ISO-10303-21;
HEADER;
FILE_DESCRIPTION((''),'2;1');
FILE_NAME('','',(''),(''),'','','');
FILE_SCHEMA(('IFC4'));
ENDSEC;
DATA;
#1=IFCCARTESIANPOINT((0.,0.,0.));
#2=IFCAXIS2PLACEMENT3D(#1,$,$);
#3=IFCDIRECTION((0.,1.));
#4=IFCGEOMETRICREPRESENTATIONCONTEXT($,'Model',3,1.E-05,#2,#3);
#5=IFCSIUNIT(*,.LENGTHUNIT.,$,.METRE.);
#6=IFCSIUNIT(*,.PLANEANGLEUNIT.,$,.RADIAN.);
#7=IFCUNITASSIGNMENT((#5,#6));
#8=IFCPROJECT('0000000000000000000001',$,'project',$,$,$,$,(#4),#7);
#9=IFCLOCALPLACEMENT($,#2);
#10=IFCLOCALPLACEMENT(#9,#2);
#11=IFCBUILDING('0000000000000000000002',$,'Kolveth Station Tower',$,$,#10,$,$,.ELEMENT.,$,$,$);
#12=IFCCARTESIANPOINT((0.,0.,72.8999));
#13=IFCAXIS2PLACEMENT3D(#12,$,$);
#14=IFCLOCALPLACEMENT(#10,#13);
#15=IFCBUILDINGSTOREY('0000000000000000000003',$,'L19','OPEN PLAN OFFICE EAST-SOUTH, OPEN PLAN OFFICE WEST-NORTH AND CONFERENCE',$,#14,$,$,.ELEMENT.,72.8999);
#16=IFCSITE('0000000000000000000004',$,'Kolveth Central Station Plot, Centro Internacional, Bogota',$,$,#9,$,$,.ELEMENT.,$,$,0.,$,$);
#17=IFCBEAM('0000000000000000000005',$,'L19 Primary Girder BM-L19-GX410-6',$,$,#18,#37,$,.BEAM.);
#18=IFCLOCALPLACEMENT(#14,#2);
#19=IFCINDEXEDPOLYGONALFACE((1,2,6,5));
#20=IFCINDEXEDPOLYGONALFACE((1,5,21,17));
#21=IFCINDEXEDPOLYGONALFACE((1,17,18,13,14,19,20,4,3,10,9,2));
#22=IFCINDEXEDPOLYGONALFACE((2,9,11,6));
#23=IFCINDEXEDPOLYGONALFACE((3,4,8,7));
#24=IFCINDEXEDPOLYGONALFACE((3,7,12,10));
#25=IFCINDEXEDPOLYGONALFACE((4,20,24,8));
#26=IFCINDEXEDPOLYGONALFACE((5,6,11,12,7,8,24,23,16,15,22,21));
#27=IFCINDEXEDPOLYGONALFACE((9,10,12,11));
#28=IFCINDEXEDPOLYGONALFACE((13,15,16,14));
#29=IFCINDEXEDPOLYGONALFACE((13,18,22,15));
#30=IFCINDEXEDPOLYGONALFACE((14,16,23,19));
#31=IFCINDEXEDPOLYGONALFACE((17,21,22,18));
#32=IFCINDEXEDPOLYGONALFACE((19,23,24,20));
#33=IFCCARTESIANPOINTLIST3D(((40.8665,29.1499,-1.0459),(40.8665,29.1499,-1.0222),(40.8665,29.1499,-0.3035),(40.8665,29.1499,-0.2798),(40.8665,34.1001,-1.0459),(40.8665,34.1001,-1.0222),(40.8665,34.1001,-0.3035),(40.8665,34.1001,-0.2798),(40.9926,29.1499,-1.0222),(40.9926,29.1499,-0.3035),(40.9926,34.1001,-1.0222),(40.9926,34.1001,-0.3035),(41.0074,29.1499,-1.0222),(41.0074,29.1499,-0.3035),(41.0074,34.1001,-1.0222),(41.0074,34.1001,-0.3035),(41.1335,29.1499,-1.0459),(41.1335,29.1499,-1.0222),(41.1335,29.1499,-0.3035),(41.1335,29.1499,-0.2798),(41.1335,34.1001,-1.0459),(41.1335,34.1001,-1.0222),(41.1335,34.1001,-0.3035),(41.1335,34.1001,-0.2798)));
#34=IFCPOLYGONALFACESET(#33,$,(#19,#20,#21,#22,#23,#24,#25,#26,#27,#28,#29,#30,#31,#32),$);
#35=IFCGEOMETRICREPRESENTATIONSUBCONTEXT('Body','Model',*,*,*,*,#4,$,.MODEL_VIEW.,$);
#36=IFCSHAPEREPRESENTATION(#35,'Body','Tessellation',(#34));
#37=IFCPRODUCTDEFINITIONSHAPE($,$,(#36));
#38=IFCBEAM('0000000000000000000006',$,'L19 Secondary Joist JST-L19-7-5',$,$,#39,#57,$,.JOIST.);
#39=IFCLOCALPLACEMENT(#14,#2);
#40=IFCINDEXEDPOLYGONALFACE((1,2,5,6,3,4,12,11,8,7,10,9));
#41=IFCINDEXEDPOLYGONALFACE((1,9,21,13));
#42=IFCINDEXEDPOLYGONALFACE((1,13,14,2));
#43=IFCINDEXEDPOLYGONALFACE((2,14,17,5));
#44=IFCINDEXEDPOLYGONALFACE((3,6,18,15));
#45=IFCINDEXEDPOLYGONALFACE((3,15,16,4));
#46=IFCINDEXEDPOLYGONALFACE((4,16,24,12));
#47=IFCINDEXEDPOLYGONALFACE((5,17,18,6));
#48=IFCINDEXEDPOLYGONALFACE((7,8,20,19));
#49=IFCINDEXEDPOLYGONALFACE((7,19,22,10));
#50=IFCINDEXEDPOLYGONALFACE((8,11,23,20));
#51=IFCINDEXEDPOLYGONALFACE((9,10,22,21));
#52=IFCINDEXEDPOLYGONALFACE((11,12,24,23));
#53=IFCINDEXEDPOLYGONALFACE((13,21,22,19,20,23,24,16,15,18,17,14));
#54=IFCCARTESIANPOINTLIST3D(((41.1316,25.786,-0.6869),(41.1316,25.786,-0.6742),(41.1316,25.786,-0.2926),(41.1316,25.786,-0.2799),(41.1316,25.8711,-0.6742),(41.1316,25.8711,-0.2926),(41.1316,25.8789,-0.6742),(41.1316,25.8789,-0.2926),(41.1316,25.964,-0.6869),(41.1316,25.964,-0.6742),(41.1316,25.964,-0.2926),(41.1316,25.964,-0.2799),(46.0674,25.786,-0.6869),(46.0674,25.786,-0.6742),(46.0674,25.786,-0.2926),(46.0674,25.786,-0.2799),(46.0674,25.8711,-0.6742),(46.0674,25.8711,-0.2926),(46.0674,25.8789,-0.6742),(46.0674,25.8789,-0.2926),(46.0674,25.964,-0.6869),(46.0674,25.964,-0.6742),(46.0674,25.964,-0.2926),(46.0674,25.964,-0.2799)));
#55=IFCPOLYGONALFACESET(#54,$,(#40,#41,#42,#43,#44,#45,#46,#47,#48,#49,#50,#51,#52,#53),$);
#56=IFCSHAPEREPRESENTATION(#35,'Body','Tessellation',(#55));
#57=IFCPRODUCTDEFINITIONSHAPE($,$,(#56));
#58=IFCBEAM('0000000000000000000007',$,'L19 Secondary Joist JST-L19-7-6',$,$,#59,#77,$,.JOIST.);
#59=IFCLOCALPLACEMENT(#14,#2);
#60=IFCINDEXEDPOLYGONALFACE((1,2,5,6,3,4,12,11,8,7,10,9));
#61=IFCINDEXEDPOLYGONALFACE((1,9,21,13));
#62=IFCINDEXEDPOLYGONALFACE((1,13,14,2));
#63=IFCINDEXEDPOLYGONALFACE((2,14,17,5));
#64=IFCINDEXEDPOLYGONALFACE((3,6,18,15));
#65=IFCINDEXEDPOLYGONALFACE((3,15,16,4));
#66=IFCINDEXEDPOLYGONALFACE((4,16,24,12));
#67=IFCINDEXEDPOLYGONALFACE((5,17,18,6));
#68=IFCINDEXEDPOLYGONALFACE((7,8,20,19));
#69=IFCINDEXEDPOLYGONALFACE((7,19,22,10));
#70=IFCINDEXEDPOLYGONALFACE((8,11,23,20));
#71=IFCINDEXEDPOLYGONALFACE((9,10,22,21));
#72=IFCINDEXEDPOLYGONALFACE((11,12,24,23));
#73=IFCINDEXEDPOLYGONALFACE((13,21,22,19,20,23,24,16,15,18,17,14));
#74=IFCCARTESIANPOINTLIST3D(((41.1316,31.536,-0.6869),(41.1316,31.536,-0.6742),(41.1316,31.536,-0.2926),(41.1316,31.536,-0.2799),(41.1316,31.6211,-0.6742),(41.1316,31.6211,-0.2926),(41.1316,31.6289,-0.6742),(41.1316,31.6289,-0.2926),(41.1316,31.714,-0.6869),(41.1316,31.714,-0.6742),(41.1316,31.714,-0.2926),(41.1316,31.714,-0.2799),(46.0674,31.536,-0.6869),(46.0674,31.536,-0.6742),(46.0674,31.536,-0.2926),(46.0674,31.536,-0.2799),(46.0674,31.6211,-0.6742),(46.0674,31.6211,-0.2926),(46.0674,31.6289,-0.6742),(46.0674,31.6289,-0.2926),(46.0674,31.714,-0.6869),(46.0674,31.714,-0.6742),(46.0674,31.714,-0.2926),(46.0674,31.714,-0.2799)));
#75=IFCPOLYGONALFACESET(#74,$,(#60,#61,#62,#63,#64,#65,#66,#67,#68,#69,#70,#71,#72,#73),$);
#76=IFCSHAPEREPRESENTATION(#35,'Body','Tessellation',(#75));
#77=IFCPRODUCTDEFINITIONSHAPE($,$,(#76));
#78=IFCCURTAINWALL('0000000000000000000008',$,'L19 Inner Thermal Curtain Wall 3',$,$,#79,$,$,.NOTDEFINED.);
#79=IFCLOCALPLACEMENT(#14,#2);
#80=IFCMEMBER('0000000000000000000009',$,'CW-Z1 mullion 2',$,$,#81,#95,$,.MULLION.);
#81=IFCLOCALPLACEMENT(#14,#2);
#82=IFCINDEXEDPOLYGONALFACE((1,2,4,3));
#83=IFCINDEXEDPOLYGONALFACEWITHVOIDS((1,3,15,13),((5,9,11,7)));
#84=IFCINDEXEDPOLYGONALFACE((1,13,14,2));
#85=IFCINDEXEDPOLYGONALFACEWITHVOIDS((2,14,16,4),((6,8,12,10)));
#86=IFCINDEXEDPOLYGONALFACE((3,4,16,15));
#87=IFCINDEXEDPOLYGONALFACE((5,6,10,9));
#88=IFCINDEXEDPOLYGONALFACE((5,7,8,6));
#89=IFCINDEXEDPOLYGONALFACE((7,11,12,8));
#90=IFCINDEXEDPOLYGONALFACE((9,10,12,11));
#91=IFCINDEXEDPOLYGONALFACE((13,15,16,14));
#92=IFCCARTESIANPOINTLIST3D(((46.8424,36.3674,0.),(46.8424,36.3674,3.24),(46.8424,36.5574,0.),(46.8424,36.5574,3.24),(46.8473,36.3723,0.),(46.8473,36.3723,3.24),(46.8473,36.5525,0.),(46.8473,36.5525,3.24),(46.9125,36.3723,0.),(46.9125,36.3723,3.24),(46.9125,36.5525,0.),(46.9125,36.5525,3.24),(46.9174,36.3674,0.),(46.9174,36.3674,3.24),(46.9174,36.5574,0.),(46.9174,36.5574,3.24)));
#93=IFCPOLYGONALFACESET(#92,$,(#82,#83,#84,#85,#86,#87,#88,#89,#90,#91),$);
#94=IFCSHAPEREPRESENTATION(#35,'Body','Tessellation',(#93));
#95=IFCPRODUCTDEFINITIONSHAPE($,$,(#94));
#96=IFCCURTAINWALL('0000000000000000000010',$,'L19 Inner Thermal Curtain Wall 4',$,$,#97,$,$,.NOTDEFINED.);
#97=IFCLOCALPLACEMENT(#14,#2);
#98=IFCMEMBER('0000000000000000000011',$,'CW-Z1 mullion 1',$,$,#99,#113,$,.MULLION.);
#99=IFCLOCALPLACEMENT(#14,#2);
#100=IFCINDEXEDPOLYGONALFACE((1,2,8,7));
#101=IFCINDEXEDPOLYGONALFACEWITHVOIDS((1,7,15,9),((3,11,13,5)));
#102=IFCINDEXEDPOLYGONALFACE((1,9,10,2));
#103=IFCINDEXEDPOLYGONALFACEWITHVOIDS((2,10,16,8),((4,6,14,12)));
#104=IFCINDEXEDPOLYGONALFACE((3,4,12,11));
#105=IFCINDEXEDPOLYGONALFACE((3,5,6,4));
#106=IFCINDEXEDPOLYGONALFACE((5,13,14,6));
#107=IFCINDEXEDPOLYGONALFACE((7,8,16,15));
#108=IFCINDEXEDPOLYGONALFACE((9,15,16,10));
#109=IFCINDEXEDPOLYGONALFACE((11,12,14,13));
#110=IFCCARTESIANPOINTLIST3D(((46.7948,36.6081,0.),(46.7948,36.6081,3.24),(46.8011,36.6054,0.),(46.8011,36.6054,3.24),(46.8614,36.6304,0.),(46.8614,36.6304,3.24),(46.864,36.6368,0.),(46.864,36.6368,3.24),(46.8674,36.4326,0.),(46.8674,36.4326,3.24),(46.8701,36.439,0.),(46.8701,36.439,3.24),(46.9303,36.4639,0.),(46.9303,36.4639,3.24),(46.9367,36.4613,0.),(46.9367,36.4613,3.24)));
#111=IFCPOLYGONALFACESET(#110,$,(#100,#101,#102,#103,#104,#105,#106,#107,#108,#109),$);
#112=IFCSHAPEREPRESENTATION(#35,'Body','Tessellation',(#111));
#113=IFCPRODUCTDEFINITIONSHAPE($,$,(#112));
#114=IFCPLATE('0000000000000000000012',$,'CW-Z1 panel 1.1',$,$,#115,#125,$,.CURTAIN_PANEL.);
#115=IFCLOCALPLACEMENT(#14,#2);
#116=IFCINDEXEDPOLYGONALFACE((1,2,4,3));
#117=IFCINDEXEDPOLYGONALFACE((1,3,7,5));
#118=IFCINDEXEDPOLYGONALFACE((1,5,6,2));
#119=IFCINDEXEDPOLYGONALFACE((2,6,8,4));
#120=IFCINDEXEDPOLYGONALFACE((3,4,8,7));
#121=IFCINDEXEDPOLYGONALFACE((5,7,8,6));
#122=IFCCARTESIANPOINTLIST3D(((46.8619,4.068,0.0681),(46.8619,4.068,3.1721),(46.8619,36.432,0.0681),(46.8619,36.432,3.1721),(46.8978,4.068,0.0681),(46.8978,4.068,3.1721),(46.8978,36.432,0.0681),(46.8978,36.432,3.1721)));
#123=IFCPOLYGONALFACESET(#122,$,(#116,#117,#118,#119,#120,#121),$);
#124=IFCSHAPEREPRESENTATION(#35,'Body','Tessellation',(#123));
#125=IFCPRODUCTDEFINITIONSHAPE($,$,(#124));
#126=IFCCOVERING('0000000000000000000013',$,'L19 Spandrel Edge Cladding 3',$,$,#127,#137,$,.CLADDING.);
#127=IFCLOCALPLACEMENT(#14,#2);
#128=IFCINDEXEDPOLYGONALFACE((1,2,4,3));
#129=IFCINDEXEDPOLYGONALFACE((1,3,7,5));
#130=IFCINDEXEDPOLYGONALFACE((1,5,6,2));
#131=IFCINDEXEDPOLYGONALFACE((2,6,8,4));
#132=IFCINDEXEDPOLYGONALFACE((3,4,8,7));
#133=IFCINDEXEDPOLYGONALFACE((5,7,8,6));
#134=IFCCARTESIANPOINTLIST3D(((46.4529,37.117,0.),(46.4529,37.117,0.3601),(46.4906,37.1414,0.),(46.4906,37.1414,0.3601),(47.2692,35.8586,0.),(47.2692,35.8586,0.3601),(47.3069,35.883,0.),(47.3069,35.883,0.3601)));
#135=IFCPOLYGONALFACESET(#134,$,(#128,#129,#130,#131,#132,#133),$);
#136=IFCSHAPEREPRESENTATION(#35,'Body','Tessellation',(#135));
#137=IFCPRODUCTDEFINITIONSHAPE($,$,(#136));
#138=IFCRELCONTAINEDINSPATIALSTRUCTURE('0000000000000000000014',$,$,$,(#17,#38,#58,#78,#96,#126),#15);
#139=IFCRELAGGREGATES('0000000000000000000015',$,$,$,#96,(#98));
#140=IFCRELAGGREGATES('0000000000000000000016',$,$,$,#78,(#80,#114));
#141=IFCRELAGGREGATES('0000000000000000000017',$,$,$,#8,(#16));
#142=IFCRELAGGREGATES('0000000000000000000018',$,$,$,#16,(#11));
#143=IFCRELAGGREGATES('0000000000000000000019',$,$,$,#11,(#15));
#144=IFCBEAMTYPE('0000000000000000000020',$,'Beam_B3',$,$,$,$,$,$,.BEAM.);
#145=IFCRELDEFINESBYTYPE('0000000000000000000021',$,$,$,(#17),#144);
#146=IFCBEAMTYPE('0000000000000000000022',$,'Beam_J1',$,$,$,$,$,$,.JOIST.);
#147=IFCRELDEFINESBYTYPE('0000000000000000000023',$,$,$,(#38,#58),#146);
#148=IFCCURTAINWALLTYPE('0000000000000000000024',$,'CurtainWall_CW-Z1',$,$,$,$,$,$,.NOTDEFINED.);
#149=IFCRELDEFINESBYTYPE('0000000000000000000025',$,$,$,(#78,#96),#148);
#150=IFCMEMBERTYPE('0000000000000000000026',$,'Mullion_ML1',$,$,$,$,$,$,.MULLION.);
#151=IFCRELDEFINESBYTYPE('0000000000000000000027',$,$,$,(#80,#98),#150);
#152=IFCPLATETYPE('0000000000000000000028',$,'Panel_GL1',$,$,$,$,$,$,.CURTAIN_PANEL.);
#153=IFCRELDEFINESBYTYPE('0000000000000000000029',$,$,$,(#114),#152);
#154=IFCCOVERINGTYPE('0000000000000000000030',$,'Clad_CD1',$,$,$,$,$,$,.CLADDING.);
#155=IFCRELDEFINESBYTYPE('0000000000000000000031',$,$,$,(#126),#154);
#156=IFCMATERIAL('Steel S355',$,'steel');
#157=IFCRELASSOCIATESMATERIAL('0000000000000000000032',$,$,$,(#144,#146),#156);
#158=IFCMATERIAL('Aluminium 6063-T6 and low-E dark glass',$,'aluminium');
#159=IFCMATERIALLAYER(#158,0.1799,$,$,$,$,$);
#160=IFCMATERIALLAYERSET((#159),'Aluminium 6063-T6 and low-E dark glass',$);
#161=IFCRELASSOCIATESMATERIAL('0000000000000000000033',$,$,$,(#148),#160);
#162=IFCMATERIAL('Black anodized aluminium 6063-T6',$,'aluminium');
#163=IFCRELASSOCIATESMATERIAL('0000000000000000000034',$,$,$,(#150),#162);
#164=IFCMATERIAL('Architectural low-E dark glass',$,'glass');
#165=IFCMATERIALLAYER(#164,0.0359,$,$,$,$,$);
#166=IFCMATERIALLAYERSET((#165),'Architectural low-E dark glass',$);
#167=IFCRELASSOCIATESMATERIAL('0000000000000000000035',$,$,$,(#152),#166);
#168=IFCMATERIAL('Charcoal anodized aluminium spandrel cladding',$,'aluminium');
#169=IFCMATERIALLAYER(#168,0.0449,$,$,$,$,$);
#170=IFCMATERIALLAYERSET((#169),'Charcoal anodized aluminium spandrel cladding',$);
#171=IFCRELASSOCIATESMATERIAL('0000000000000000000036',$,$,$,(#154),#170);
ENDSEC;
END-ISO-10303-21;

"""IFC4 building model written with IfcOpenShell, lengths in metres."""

from ifc_helpers import new_model, si_unit, direction, frame, origin, origin_2d, place, context, subcontext, project, spatial, rectangle, hollow_rectangle, i_section, extrude, source, transform, mapped, material, layer, layer_set, material_profile, profile_set, type_object, element, aggregate, save


model = new_model("IFC4")

# Units and contexts
model_context = context("Model", 3, precision=1e-05, world=origin(), true_north=direction((0.0, 1.0)))
body_context = subcontext(model_context, "Body", "Model", "MODEL_VIEW")
ifc_project = project(units=[si_unit("LENGTHUNIT", "METRE"), si_unit("PLANEANGLEUNIT", "RADIAN")], contexts=[model_context])

# Site, building, storey
site_placement = place(None, origin())
site = spatial("IfcSite", under=ifc_project, at=site_placement, Name="Kolveth Central Station Plot, Centro Internacional, Bogota", CompositionType="ELEMENT", RefElevation=0.0)
building_placement = place(site_placement, origin())
building = spatial("IfcBuilding", under=site, at=building_placement, Name="Kolveth Station Tower", CompositionType="ELEMENT")
storey_placement = place(building_placement, frame((0.0, 0.0, 72.8999)))
storey = spatial("IfcBuildingStorey", under=building, at=storey_placement, Name="L19", Description="OPEN PLAN OFFICE EAST-SOUTH, OPEN PLAN OFFICE WEST-NORTH AND CONFERENCE", CompositionType="ELEMENT", Elevation=72.8999)

# Shared definitions
ifc_material_1 = material(Name="Steel S355", Category="steel")

# Beams
ifc_material_profile_1 = material_profile(ifc_material_1, i_section(OverallWidth=0.2671, OverallDepth=0.7661, WebThickness=0.0149, FlangeThickness=0.0237, at=origin_2d()), Name="W760x185")
ifc_profile_set_1 = profile_set([ifc_material_profile_1], Name="Steel S355")
beam_type_1 = type_object("IfcBeamType", Name="Beam_B3", PredefinedType="BEAM", material=ifc_profile_set_1)
shared_shape_1 = source(origin(), body_context, "Body", "SweptSolid", [
    extrude(i_section(OverallWidth=0.2671, OverallDepth=0.7661, WebThickness=0.0149, FlangeThickness=0.0237, at=origin_2d()), origin(), (0.0, 0.0, 1.0), 4.9502),
])
for number, where, z_axis, x_axis, name in (
    (1, (41.0, 29.1499, -0.6628), (0.0, 1.0, 0.0), (-1.0, 0.0, 0.0), "L19 Primary Girder BM-L19-GX410-6"),
):
    element("IfcBeam", number, at=place(storey_placement, frame(where, z_axis=z_axis, x_axis=x_axis)), inside=storey, type_object=beam_type_1, Name=name, PredefinedType="BEAM", context=body_context, shape_type="MappedRepresentation", body=[
        mapped(shared_shape_1, transform((0.0, 0.0, 0.0), x_axis=(1.0, 0.0, 0.0), y_axis=(0.0, 1.0, 0.0), z_axis=(0.0, 0.0, 1.0), scale=1.0)),
    ])
ifc_material_profile_2 = material_profile(ifc_material_1, i_section(OverallWidth=0.178, OverallDepth=0.407, WebThickness=0.0078, FlangeThickness=0.0127, at=origin_2d()), Name="W410x60")
ifc_profile_set_2 = profile_set([ifc_material_profile_2], Name="Steel S355")
beam_type_2 = type_object("IfcBeamType", Name="Beam_J1", PredefinedType="JOIST", material=ifc_profile_set_2)
shared_shape_2 = source(origin(), body_context, "Body", "SweptSolid", [
    extrude(i_section(OverallWidth=0.178, OverallDepth=0.407, WebThickness=0.0078, FlangeThickness=0.0127, at=origin_2d()), origin(), (0.0, 0.0, 1.0), 4.9358),
])
for number, where, z_axis, x_axis, name in (
    (2, (41.1316, 25.875, -0.4834), (1.0, 0.0, 0.0), (0.0, 1.0, 0.0), "L19 Secondary Joist JST-L19-7-5"),
    (3, (41.1316, 31.625, -0.4834), (1.0, 0.0, 0.0), (0.0, 1.0, 0.0), "L19 Secondary Joist JST-L19-7-6"),
):
    element("IfcBeam", number, at=place(storey_placement, frame(where, z_axis=z_axis, x_axis=x_axis)), inside=storey, type_object=beam_type_2, Name=name, PredefinedType="JOIST", context=body_context, shape_type="MappedRepresentation", body=[
        mapped(shared_shape_2, transform((0.0, 0.0, 0.0), x_axis=(1.0, 0.0, 0.0), y_axis=(0.0, 1.0, 0.0), z_axis=(0.0, 0.0, 1.0), scale=1.0)),
    ])

# Curtain walls, members
ifc_material_2 = material(Name="Aluminium 6063-T6 and low-E dark glass", Category="aluminium")
ifc_layer_1 = layer(ifc_material_2, 0.1799)
ifc_layer_set_1 = layer_set([ifc_layer_1], Name="Aluminium 6063-T6 and low-E dark glass")
curtain_wall_type = type_object("IfcCurtainWallType", Name="CurtainWall_CW-Z1", PredefinedType="NOTDEFINED", material=ifc_layer_set_1)
curtain_wall_1_placement = place(storey_placement, origin())
curtain_wall_1 = element("IfcCurtainWall", 4, at=curtain_wall_1_placement, inside=storey, type_object=curtain_wall_type, Name="L19 Inner Thermal Curtain Wall 3", PredefinedType="NOTDEFINED")
ifc_material_3 = material(Name="Black anodized aluminium 6063-T6", Category="aluminium")
ifc_material_profile_3 = material_profile(ifc_material_3, hollow_rectangle(XDim=0.075, YDim=0.1899, WallThickness=0.0049, at=origin_2d()), Name="ALU-75x190x5")
ifc_profile_set_3 = profile_set([ifc_material_profile_3], Name="Black anodized aluminium 6063-T6")
member_type = type_object("IfcMemberType", Name="Mullion_ML1", PredefinedType="MULLION", material=ifc_profile_set_3)
shared_shape_3 = source(origin(), body_context, "Body", "SweptSolid", [
    extrude(hollow_rectangle(XDim=0.075, YDim=0.1899, WallThickness=0.0049, at=origin_2d()), origin(), (0.0, 0.0, 1.0), 3.24),
])
member_1_placement = place(storey_placement, frame((46.8799, 36.4624, 0.0), z_axis=(0.0, 0.0, 1.0), x_axis=(-1.0, 0.0, 0.0)))
member_1 = element("IfcMember", 5, at=member_1_placement, type_object=member_type, Name="CW-Z1 mullion 2", PredefinedType="MULLION", context=body_context, shape_type="MappedRepresentation", body=[
    mapped(shared_shape_3, transform((0.0, 0.0, 0.0), x_axis=(1.0, 0.0, 0.0), y_axis=(0.0, 1.0, 0.0), z_axis=(0.0, 0.0, 1.0), scale=1.0)),
])
curtain_wall_2_placement = place(storey_placement, origin())
curtain_wall_2 = element("IfcCurtainWall", 6, at=curtain_wall_2_placement, inside=storey, type_object=curtain_wall_type, Name="L19 Inner Thermal Curtain Wall 4", PredefinedType="NOTDEFINED")
member_2_placement = place(storey_placement, frame((46.8657, 36.5347, 0.0), z_axis=(0.0, 0.0, 1.0), x_axis=(-0.923884, -0.382673, 0.0)))
member_2 = element("IfcMember", 7, at=member_2_placement, type_object=member_type, Name="CW-Z1 mullion 1", PredefinedType="MULLION", context=body_context, shape_type="MappedRepresentation", body=[
    mapped(shared_shape_3, transform((0.0, 0.0, 0.0), x_axis=(1.0, 0.0, 0.0), y_axis=(0.0, 1.0, 0.0), z_axis=(0.0, 0.0, 1.0), scale=1.0)),
])
aggregate(curtain_wall_2, [member_2])

# Plate
ifc_material_4 = material(Name="Architectural low-E dark glass", Category="glass")
ifc_layer_2 = layer(ifc_material_4, 0.0359)
ifc_layer_set_2 = layer_set([ifc_layer_2], Name="Architectural low-E dark glass")
plate_type = type_object("IfcPlateType", Name="Panel_GL1", PredefinedType="CURTAIN_PANEL", material=ifc_layer_set_2)
shared_shape_4 = source(origin(), body_context, "Body", "SweptSolid", [
    extrude(rectangle(XDim=32.364, YDim=0.0359, at=origin_2d()), origin(), (0.0, 0.0, 1.0), 3.104),
])
plate_placement = place(storey_placement, frame((46.8799, 20.25, 0.0681), z_axis=(0.0, 0.0, 1.0), x_axis=(0.0, 1.0, 0.0)))
plate = element("IfcPlate", 8, at=plate_placement, type_object=plate_type, Name="CW-Z1 panel 1.1", PredefinedType="CURTAIN_PANEL", context=body_context, shape_type="MappedRepresentation", body=[
    mapped(shared_shape_4, transform((0.0, 0.0, 0.0), x_axis=(1.0, 0.0, 0.0), y_axis=(0.0, 1.0, 0.0), z_axis=(0.0, 0.0, 1.0), scale=1.0)),
])
aggregate(curtain_wall_1, [member_1, plate])

# Covering
ifc_material_5 = material(Name="Charcoal anodized aluminium spandrel cladding", Category="aluminium")
ifc_layer_3 = layer(ifc_material_5, 0.0449)
ifc_layer_set_3 = layer_set([ifc_layer_3], Name="Charcoal anodized aluminium spandrel cladding")
covering_type = type_object("IfcCoveringType", Name="Clad_CD1", PredefinedType="CLADDING", material=ifc_layer_set_3)
shared_shape_5 = source(origin(), body_context, "Body", "SweptSolid", [
    extrude(rectangle(XDim=1.5, YDim=0.0449, at=origin_2d()), origin(), (0.0, 0.0, 1.0), 0.3601),
])
covering_placement = place(storey_placement, frame((46.8799, 36.5, 0.0), z_axis=(0.0, 0.0, 1.0), x_axis=(-0.5442, 0.838956, 0.0)))
element("IfcCovering", 9, at=covering_placement, inside=storey, type_object=covering_type, Name="L19 Spandrel Edge Cladding 3", PredefinedType="CLADDING", context=body_context, shape_type="MappedRepresentation", body=[
    mapped(shared_shape_5, transform((0.0, 0.0, 0.0), x_axis=(1.0, 0.0, 0.0), y_axis=(0.0, 1.0, 0.0), z_axis=(0.0, 0.0, 1.0), scale=1.0)),
])

save(model, "model.ifc")
